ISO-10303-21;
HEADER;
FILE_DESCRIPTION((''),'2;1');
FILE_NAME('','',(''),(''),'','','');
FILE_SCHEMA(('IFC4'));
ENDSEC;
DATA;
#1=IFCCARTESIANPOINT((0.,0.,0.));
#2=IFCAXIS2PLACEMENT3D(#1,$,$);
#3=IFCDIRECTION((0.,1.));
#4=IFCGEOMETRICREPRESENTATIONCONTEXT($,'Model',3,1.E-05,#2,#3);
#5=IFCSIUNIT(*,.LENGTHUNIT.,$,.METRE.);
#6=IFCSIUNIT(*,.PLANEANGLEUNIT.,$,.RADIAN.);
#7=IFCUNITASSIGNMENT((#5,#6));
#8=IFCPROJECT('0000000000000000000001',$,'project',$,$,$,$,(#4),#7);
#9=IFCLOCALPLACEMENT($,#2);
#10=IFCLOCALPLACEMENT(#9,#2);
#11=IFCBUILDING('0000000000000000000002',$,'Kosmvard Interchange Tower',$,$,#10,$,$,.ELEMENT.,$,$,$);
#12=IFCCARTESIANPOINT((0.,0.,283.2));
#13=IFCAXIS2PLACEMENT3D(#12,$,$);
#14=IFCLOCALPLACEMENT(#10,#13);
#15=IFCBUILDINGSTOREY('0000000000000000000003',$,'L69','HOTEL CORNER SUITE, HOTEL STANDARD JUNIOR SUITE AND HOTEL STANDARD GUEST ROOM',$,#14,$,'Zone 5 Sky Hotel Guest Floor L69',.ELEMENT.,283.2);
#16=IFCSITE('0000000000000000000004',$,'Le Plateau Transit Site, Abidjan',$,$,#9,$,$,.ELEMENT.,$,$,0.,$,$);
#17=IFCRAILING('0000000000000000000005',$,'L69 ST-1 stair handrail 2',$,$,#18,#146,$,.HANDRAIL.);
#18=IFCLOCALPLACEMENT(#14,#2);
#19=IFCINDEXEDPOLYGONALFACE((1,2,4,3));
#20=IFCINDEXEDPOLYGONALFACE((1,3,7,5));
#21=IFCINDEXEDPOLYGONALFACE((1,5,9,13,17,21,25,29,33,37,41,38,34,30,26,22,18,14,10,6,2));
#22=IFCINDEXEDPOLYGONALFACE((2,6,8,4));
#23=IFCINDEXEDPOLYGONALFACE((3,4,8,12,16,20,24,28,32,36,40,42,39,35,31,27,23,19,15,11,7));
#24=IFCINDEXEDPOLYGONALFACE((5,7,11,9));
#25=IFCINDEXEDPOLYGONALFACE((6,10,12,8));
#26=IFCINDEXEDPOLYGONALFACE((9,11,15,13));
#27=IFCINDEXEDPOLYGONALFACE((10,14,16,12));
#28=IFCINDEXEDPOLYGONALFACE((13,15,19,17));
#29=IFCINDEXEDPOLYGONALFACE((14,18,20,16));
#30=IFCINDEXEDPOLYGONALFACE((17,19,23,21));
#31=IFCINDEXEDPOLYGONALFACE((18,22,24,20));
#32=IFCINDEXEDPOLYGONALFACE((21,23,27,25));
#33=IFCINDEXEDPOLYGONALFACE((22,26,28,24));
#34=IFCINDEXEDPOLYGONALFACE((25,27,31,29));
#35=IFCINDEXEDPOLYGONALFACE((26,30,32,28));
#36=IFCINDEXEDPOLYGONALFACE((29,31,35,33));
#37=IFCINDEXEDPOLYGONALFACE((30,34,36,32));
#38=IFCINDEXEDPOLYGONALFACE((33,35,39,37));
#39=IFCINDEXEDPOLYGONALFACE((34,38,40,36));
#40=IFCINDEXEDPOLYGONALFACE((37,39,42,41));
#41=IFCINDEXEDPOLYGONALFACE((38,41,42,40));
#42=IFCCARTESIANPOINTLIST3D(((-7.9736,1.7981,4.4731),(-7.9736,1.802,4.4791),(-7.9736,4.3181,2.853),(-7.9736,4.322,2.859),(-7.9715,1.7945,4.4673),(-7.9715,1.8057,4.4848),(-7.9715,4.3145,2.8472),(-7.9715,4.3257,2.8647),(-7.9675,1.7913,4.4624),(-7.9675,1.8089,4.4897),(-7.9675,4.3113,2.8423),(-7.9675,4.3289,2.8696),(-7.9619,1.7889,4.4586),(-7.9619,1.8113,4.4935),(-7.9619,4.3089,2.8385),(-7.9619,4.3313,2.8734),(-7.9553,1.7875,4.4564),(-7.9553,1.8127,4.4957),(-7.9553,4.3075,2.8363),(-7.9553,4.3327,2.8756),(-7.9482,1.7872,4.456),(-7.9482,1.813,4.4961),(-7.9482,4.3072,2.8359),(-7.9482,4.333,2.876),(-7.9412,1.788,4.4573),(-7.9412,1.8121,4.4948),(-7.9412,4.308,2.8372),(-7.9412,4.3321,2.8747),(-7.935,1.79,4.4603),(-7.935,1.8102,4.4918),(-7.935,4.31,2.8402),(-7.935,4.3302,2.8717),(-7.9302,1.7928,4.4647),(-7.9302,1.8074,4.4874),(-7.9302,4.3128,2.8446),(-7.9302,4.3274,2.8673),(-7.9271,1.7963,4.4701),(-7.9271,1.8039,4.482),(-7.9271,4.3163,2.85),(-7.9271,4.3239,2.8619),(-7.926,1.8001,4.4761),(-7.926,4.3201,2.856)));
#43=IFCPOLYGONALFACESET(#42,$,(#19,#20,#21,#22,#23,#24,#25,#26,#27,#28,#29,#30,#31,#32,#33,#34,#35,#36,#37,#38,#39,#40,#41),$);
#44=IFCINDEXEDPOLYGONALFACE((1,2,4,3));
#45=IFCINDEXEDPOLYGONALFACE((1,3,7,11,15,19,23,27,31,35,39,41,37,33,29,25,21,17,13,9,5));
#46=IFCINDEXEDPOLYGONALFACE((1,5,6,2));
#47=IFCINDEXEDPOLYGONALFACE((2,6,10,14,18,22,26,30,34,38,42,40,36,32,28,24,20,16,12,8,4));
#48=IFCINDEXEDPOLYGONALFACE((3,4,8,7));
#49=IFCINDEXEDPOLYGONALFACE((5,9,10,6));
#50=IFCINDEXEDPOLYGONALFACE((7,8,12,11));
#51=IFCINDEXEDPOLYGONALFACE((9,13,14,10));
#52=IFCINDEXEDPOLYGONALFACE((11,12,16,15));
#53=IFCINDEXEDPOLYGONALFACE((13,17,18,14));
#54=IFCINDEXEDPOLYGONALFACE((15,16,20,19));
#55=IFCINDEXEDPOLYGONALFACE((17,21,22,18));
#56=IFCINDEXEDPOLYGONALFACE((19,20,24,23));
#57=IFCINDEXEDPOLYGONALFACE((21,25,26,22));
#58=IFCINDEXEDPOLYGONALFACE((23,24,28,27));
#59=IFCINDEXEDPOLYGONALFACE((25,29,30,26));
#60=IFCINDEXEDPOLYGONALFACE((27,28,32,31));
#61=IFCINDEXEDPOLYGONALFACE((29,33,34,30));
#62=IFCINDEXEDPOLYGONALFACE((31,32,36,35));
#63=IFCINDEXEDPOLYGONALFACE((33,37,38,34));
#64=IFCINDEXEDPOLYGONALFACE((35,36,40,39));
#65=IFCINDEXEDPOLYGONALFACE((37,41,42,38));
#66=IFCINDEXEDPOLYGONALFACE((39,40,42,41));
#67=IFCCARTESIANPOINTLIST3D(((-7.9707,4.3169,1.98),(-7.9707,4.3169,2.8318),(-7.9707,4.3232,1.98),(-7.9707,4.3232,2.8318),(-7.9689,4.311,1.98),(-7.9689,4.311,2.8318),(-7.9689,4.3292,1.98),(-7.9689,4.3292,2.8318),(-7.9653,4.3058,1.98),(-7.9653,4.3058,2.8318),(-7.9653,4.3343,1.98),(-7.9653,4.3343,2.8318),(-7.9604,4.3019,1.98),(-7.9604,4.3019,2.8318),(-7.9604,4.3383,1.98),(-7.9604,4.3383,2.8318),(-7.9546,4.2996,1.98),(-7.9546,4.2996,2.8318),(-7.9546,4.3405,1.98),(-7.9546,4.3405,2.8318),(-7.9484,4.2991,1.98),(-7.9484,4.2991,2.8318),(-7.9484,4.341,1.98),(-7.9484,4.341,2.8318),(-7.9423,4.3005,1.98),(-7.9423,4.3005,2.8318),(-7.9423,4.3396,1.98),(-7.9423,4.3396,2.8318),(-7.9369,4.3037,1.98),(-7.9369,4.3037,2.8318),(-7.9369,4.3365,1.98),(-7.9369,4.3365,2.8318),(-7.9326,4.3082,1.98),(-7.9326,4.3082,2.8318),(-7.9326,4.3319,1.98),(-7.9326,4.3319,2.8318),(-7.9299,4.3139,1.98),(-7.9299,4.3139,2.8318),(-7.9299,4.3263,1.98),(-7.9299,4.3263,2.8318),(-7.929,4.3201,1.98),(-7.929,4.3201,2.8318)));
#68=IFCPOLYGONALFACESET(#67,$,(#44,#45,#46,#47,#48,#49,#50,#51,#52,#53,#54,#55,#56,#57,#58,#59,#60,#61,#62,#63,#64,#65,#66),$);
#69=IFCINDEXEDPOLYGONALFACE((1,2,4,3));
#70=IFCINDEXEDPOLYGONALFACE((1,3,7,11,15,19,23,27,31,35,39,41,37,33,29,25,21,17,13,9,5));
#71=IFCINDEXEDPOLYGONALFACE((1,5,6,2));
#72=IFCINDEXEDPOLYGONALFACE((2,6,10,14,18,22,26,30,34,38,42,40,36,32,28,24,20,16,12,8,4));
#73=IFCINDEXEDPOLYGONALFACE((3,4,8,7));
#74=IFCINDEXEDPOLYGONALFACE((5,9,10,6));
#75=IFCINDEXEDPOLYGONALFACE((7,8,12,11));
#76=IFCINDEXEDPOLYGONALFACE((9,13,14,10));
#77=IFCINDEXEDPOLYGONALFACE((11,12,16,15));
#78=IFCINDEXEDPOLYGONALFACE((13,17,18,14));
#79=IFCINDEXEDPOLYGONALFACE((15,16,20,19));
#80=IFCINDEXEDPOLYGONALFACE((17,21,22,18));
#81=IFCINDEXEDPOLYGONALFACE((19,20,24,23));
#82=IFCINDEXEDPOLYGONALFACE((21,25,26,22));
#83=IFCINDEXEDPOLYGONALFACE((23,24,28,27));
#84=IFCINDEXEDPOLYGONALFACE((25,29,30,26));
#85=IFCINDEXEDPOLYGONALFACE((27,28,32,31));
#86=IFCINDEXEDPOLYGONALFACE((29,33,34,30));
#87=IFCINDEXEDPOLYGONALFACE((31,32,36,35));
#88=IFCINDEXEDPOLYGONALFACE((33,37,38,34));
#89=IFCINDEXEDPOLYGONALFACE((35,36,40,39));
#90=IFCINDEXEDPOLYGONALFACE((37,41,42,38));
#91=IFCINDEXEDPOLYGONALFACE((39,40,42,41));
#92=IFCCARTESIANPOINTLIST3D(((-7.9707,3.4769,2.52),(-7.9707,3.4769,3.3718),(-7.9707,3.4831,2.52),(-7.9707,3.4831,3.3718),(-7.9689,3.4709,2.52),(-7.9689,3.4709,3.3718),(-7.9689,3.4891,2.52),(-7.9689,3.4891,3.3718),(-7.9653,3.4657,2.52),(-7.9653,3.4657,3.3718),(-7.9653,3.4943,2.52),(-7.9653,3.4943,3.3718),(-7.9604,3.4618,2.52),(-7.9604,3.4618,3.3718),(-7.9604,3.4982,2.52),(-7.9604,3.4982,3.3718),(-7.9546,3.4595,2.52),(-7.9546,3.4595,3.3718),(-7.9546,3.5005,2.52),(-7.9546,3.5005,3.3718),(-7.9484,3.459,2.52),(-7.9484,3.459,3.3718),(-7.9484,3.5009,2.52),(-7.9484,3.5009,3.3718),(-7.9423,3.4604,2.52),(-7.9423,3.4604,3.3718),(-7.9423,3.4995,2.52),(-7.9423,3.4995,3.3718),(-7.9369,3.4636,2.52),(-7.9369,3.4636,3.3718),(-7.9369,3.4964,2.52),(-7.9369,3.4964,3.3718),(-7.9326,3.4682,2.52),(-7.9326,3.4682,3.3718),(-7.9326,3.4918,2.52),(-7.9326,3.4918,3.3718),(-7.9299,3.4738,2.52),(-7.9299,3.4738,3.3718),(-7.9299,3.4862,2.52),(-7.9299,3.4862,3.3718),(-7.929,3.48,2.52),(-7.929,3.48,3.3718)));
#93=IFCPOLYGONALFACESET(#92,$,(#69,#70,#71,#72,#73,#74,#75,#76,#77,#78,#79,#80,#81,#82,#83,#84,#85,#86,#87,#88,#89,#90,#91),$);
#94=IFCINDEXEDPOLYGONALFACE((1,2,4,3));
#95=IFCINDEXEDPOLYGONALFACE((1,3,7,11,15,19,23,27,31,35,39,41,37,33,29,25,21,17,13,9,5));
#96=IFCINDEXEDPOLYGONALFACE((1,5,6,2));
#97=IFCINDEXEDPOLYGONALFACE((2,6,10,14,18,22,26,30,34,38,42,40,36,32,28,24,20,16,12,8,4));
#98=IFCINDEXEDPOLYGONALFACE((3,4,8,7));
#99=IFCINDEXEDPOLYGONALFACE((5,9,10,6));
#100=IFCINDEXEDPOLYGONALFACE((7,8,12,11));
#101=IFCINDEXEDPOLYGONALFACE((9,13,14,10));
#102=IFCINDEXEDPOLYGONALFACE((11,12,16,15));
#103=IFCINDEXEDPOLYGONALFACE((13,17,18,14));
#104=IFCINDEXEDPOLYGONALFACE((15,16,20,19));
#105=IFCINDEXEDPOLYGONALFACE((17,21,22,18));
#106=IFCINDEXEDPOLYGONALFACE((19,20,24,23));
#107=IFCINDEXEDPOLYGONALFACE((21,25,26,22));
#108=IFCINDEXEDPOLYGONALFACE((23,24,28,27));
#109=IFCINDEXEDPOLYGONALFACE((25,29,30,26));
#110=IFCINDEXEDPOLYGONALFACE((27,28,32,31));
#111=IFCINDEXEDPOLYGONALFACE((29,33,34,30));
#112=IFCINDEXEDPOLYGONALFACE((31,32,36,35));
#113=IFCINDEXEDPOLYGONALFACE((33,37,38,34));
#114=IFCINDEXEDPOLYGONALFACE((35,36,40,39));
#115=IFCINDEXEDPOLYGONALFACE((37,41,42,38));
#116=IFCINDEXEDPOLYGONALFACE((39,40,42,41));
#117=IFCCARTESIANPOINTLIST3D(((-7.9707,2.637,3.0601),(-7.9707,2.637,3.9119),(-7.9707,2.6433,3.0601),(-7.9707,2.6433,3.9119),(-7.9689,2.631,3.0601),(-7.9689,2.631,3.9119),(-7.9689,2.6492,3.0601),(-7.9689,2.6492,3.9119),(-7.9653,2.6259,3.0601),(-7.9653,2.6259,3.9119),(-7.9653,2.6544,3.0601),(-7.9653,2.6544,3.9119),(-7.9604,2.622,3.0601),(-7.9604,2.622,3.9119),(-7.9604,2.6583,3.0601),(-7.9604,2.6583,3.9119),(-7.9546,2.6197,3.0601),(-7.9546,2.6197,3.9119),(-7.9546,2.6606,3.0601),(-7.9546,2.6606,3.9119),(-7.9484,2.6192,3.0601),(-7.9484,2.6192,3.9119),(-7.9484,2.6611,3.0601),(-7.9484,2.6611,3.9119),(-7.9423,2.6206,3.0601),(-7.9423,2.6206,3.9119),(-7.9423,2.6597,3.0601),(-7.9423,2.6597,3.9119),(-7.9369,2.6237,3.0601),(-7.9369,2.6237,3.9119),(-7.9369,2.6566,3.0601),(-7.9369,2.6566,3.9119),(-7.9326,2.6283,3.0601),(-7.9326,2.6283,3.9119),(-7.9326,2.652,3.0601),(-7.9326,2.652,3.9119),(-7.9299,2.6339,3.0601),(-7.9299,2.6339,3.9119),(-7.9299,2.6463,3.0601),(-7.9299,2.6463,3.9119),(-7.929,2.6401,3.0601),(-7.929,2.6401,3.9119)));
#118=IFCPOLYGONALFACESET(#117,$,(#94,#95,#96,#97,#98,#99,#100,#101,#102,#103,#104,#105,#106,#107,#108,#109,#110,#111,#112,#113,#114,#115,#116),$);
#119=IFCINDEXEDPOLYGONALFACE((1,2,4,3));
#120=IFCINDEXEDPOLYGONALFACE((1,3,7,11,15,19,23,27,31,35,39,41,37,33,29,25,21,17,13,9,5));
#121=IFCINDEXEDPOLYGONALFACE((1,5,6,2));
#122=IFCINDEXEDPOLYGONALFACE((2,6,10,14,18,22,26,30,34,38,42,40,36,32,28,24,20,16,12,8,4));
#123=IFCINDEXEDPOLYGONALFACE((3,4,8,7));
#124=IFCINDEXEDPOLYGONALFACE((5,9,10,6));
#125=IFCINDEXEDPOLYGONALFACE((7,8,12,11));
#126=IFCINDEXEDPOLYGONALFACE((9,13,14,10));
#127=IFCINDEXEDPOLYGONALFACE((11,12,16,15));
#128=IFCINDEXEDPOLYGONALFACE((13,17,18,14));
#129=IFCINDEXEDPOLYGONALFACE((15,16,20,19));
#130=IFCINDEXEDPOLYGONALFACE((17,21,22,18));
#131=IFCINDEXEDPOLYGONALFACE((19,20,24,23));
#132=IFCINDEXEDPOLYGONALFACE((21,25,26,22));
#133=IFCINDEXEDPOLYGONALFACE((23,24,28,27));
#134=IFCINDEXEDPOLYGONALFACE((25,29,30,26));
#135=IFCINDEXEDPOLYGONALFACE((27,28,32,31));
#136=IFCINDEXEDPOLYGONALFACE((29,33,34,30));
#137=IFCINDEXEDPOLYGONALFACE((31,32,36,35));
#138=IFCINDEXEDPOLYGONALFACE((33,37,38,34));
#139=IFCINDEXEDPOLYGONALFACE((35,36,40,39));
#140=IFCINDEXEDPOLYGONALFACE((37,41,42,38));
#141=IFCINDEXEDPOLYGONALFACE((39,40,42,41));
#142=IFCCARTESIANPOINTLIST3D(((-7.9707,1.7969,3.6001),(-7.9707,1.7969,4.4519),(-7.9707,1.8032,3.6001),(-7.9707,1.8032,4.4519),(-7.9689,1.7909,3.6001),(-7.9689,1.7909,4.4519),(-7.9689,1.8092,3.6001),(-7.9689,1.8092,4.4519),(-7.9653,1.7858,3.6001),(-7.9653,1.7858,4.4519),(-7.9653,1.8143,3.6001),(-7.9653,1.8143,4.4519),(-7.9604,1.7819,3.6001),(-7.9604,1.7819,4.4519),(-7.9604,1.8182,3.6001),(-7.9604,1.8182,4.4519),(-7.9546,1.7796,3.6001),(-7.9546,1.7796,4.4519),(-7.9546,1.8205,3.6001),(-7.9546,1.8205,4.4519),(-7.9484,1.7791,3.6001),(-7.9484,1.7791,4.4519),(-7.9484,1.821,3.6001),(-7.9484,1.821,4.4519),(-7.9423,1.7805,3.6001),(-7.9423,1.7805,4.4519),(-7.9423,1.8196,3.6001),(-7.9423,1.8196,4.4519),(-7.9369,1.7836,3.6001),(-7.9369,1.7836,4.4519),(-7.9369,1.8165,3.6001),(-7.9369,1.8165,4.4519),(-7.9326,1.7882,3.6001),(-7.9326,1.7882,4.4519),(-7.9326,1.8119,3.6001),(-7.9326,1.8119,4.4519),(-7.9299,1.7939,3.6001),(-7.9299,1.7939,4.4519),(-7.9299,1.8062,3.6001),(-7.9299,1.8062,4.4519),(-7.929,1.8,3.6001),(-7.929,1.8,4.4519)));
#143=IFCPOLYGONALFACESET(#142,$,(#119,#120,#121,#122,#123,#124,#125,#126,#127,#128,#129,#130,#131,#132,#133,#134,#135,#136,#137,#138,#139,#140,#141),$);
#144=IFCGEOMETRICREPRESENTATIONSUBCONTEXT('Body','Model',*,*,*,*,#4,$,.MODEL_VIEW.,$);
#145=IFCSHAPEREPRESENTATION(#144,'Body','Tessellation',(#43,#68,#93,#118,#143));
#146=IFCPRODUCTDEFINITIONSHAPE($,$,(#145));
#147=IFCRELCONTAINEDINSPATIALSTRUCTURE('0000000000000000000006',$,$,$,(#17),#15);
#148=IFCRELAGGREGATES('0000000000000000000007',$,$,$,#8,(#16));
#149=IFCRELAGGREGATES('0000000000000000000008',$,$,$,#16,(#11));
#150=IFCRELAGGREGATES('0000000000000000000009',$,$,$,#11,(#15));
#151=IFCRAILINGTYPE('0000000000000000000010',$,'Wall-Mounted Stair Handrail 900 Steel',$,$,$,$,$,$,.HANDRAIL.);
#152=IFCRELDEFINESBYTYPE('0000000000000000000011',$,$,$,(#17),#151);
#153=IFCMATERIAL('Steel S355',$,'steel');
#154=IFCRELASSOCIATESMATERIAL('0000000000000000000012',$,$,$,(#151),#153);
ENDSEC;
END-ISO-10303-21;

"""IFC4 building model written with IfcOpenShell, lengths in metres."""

from ifc_helpers import new_model, si_unit, direction, frame, origin, origin_2d, place, context, subcontext, project, spatial, circle, extrude, source, transform, mapped, material, type_object, element, save


model = new_model("IFC4")

# Units and contexts
model_context = context("Model", 3, precision=1e-05, world=origin(), true_north=direction((0.0, 1.0)))
body_context = subcontext(model_context, "Body", "Model", "MODEL_VIEW")
ifc_project = project(units=[si_unit("LENGTHUNIT", "METRE"), si_unit("PLANEANGLEUNIT", "RADIAN")], contexts=[model_context])

# Site, building, storey
site_placement = place(None, origin())
site = spatial("IfcSite", under=ifc_project, at=site_placement, Name="Le Plateau Transit Site, Abidjan", CompositionType="ELEMENT", RefElevation=0.0)
building_placement = place(site_placement, origin())
building = spatial("IfcBuilding", under=site, at=building_placement, Name="Kosmvard Interchange Tower", CompositionType="ELEMENT")
storey_placement = place(building_placement, frame((0.0, 0.0, 283.2)))
storey = spatial("IfcBuildingStorey", under=building, at=storey_placement, Name="L69", Description="HOTEL CORNER SUITE, HOTEL STANDARD JUNIOR SUITE AND HOTEL STANDARD GUEST ROOM", LongName="Zone 5 Sky Hotel Guest Floor L69", CompositionType="ELEMENT", Elevation=283.2)

# Shared definitions
ifc_material_1 = material(Name="Steel S355", Category="steel")

# Railing
railing_type_1 = type_object("IfcRailingType", Name="Wall-Mounted Stair Handrail 900 Steel", PredefinedType="HANDRAIL", material=ifc_material_1)
shared_shape_1 = source(origin(), body_context, "Body", "SweptSolid", [
    extrude(circle(Radius=0.0239, at=origin_2d()), frame((0.0, 0.0, 0.876), z_axis=(0.0, -0.841163, 0.540782), x_axis=(1.0, 0.0, 0.0)), (0.0, 0.0, 1.0), 2.9958),
    extrude(circle(Radius=0.021, at=origin_2d()), origin(), (0.0, 0.0, 1.0), 0.8518),
    extrude(circle(Radius=0.021, at=origin_2d()), frame((0.0, -0.8401, 0.54)), (0.0, 0.0, 1.0), 0.8518),
    extrude(circle(Radius=0.021, at=origin_2d()), frame((0.0, -1.6799, 1.0801)), (0.0, 0.0, 1.0), 0.8518),
    extrude(circle(Radius=0.021, at=origin_2d()), frame((0.0, -2.52, 1.6201)), (0.0, 0.0, 1.0), 0.8518),
])
railing_1_placement = place(storey_placement, frame((-7.95, 4.3201, 1.98)))
element("IfcRailing", 1, at=railing_1_placement, inside=storey, type_object=railing_type_1, Name="L69 ST-1 stair handrail 2", PredefinedType="HANDRAIL", context=body_context, shape_type="MappedRepresentation", body=[
    mapped(shared_shape_1, transform((0.0, 0.0, 0.0), scale=1.0)),
])

save(model, "model.ifc")
